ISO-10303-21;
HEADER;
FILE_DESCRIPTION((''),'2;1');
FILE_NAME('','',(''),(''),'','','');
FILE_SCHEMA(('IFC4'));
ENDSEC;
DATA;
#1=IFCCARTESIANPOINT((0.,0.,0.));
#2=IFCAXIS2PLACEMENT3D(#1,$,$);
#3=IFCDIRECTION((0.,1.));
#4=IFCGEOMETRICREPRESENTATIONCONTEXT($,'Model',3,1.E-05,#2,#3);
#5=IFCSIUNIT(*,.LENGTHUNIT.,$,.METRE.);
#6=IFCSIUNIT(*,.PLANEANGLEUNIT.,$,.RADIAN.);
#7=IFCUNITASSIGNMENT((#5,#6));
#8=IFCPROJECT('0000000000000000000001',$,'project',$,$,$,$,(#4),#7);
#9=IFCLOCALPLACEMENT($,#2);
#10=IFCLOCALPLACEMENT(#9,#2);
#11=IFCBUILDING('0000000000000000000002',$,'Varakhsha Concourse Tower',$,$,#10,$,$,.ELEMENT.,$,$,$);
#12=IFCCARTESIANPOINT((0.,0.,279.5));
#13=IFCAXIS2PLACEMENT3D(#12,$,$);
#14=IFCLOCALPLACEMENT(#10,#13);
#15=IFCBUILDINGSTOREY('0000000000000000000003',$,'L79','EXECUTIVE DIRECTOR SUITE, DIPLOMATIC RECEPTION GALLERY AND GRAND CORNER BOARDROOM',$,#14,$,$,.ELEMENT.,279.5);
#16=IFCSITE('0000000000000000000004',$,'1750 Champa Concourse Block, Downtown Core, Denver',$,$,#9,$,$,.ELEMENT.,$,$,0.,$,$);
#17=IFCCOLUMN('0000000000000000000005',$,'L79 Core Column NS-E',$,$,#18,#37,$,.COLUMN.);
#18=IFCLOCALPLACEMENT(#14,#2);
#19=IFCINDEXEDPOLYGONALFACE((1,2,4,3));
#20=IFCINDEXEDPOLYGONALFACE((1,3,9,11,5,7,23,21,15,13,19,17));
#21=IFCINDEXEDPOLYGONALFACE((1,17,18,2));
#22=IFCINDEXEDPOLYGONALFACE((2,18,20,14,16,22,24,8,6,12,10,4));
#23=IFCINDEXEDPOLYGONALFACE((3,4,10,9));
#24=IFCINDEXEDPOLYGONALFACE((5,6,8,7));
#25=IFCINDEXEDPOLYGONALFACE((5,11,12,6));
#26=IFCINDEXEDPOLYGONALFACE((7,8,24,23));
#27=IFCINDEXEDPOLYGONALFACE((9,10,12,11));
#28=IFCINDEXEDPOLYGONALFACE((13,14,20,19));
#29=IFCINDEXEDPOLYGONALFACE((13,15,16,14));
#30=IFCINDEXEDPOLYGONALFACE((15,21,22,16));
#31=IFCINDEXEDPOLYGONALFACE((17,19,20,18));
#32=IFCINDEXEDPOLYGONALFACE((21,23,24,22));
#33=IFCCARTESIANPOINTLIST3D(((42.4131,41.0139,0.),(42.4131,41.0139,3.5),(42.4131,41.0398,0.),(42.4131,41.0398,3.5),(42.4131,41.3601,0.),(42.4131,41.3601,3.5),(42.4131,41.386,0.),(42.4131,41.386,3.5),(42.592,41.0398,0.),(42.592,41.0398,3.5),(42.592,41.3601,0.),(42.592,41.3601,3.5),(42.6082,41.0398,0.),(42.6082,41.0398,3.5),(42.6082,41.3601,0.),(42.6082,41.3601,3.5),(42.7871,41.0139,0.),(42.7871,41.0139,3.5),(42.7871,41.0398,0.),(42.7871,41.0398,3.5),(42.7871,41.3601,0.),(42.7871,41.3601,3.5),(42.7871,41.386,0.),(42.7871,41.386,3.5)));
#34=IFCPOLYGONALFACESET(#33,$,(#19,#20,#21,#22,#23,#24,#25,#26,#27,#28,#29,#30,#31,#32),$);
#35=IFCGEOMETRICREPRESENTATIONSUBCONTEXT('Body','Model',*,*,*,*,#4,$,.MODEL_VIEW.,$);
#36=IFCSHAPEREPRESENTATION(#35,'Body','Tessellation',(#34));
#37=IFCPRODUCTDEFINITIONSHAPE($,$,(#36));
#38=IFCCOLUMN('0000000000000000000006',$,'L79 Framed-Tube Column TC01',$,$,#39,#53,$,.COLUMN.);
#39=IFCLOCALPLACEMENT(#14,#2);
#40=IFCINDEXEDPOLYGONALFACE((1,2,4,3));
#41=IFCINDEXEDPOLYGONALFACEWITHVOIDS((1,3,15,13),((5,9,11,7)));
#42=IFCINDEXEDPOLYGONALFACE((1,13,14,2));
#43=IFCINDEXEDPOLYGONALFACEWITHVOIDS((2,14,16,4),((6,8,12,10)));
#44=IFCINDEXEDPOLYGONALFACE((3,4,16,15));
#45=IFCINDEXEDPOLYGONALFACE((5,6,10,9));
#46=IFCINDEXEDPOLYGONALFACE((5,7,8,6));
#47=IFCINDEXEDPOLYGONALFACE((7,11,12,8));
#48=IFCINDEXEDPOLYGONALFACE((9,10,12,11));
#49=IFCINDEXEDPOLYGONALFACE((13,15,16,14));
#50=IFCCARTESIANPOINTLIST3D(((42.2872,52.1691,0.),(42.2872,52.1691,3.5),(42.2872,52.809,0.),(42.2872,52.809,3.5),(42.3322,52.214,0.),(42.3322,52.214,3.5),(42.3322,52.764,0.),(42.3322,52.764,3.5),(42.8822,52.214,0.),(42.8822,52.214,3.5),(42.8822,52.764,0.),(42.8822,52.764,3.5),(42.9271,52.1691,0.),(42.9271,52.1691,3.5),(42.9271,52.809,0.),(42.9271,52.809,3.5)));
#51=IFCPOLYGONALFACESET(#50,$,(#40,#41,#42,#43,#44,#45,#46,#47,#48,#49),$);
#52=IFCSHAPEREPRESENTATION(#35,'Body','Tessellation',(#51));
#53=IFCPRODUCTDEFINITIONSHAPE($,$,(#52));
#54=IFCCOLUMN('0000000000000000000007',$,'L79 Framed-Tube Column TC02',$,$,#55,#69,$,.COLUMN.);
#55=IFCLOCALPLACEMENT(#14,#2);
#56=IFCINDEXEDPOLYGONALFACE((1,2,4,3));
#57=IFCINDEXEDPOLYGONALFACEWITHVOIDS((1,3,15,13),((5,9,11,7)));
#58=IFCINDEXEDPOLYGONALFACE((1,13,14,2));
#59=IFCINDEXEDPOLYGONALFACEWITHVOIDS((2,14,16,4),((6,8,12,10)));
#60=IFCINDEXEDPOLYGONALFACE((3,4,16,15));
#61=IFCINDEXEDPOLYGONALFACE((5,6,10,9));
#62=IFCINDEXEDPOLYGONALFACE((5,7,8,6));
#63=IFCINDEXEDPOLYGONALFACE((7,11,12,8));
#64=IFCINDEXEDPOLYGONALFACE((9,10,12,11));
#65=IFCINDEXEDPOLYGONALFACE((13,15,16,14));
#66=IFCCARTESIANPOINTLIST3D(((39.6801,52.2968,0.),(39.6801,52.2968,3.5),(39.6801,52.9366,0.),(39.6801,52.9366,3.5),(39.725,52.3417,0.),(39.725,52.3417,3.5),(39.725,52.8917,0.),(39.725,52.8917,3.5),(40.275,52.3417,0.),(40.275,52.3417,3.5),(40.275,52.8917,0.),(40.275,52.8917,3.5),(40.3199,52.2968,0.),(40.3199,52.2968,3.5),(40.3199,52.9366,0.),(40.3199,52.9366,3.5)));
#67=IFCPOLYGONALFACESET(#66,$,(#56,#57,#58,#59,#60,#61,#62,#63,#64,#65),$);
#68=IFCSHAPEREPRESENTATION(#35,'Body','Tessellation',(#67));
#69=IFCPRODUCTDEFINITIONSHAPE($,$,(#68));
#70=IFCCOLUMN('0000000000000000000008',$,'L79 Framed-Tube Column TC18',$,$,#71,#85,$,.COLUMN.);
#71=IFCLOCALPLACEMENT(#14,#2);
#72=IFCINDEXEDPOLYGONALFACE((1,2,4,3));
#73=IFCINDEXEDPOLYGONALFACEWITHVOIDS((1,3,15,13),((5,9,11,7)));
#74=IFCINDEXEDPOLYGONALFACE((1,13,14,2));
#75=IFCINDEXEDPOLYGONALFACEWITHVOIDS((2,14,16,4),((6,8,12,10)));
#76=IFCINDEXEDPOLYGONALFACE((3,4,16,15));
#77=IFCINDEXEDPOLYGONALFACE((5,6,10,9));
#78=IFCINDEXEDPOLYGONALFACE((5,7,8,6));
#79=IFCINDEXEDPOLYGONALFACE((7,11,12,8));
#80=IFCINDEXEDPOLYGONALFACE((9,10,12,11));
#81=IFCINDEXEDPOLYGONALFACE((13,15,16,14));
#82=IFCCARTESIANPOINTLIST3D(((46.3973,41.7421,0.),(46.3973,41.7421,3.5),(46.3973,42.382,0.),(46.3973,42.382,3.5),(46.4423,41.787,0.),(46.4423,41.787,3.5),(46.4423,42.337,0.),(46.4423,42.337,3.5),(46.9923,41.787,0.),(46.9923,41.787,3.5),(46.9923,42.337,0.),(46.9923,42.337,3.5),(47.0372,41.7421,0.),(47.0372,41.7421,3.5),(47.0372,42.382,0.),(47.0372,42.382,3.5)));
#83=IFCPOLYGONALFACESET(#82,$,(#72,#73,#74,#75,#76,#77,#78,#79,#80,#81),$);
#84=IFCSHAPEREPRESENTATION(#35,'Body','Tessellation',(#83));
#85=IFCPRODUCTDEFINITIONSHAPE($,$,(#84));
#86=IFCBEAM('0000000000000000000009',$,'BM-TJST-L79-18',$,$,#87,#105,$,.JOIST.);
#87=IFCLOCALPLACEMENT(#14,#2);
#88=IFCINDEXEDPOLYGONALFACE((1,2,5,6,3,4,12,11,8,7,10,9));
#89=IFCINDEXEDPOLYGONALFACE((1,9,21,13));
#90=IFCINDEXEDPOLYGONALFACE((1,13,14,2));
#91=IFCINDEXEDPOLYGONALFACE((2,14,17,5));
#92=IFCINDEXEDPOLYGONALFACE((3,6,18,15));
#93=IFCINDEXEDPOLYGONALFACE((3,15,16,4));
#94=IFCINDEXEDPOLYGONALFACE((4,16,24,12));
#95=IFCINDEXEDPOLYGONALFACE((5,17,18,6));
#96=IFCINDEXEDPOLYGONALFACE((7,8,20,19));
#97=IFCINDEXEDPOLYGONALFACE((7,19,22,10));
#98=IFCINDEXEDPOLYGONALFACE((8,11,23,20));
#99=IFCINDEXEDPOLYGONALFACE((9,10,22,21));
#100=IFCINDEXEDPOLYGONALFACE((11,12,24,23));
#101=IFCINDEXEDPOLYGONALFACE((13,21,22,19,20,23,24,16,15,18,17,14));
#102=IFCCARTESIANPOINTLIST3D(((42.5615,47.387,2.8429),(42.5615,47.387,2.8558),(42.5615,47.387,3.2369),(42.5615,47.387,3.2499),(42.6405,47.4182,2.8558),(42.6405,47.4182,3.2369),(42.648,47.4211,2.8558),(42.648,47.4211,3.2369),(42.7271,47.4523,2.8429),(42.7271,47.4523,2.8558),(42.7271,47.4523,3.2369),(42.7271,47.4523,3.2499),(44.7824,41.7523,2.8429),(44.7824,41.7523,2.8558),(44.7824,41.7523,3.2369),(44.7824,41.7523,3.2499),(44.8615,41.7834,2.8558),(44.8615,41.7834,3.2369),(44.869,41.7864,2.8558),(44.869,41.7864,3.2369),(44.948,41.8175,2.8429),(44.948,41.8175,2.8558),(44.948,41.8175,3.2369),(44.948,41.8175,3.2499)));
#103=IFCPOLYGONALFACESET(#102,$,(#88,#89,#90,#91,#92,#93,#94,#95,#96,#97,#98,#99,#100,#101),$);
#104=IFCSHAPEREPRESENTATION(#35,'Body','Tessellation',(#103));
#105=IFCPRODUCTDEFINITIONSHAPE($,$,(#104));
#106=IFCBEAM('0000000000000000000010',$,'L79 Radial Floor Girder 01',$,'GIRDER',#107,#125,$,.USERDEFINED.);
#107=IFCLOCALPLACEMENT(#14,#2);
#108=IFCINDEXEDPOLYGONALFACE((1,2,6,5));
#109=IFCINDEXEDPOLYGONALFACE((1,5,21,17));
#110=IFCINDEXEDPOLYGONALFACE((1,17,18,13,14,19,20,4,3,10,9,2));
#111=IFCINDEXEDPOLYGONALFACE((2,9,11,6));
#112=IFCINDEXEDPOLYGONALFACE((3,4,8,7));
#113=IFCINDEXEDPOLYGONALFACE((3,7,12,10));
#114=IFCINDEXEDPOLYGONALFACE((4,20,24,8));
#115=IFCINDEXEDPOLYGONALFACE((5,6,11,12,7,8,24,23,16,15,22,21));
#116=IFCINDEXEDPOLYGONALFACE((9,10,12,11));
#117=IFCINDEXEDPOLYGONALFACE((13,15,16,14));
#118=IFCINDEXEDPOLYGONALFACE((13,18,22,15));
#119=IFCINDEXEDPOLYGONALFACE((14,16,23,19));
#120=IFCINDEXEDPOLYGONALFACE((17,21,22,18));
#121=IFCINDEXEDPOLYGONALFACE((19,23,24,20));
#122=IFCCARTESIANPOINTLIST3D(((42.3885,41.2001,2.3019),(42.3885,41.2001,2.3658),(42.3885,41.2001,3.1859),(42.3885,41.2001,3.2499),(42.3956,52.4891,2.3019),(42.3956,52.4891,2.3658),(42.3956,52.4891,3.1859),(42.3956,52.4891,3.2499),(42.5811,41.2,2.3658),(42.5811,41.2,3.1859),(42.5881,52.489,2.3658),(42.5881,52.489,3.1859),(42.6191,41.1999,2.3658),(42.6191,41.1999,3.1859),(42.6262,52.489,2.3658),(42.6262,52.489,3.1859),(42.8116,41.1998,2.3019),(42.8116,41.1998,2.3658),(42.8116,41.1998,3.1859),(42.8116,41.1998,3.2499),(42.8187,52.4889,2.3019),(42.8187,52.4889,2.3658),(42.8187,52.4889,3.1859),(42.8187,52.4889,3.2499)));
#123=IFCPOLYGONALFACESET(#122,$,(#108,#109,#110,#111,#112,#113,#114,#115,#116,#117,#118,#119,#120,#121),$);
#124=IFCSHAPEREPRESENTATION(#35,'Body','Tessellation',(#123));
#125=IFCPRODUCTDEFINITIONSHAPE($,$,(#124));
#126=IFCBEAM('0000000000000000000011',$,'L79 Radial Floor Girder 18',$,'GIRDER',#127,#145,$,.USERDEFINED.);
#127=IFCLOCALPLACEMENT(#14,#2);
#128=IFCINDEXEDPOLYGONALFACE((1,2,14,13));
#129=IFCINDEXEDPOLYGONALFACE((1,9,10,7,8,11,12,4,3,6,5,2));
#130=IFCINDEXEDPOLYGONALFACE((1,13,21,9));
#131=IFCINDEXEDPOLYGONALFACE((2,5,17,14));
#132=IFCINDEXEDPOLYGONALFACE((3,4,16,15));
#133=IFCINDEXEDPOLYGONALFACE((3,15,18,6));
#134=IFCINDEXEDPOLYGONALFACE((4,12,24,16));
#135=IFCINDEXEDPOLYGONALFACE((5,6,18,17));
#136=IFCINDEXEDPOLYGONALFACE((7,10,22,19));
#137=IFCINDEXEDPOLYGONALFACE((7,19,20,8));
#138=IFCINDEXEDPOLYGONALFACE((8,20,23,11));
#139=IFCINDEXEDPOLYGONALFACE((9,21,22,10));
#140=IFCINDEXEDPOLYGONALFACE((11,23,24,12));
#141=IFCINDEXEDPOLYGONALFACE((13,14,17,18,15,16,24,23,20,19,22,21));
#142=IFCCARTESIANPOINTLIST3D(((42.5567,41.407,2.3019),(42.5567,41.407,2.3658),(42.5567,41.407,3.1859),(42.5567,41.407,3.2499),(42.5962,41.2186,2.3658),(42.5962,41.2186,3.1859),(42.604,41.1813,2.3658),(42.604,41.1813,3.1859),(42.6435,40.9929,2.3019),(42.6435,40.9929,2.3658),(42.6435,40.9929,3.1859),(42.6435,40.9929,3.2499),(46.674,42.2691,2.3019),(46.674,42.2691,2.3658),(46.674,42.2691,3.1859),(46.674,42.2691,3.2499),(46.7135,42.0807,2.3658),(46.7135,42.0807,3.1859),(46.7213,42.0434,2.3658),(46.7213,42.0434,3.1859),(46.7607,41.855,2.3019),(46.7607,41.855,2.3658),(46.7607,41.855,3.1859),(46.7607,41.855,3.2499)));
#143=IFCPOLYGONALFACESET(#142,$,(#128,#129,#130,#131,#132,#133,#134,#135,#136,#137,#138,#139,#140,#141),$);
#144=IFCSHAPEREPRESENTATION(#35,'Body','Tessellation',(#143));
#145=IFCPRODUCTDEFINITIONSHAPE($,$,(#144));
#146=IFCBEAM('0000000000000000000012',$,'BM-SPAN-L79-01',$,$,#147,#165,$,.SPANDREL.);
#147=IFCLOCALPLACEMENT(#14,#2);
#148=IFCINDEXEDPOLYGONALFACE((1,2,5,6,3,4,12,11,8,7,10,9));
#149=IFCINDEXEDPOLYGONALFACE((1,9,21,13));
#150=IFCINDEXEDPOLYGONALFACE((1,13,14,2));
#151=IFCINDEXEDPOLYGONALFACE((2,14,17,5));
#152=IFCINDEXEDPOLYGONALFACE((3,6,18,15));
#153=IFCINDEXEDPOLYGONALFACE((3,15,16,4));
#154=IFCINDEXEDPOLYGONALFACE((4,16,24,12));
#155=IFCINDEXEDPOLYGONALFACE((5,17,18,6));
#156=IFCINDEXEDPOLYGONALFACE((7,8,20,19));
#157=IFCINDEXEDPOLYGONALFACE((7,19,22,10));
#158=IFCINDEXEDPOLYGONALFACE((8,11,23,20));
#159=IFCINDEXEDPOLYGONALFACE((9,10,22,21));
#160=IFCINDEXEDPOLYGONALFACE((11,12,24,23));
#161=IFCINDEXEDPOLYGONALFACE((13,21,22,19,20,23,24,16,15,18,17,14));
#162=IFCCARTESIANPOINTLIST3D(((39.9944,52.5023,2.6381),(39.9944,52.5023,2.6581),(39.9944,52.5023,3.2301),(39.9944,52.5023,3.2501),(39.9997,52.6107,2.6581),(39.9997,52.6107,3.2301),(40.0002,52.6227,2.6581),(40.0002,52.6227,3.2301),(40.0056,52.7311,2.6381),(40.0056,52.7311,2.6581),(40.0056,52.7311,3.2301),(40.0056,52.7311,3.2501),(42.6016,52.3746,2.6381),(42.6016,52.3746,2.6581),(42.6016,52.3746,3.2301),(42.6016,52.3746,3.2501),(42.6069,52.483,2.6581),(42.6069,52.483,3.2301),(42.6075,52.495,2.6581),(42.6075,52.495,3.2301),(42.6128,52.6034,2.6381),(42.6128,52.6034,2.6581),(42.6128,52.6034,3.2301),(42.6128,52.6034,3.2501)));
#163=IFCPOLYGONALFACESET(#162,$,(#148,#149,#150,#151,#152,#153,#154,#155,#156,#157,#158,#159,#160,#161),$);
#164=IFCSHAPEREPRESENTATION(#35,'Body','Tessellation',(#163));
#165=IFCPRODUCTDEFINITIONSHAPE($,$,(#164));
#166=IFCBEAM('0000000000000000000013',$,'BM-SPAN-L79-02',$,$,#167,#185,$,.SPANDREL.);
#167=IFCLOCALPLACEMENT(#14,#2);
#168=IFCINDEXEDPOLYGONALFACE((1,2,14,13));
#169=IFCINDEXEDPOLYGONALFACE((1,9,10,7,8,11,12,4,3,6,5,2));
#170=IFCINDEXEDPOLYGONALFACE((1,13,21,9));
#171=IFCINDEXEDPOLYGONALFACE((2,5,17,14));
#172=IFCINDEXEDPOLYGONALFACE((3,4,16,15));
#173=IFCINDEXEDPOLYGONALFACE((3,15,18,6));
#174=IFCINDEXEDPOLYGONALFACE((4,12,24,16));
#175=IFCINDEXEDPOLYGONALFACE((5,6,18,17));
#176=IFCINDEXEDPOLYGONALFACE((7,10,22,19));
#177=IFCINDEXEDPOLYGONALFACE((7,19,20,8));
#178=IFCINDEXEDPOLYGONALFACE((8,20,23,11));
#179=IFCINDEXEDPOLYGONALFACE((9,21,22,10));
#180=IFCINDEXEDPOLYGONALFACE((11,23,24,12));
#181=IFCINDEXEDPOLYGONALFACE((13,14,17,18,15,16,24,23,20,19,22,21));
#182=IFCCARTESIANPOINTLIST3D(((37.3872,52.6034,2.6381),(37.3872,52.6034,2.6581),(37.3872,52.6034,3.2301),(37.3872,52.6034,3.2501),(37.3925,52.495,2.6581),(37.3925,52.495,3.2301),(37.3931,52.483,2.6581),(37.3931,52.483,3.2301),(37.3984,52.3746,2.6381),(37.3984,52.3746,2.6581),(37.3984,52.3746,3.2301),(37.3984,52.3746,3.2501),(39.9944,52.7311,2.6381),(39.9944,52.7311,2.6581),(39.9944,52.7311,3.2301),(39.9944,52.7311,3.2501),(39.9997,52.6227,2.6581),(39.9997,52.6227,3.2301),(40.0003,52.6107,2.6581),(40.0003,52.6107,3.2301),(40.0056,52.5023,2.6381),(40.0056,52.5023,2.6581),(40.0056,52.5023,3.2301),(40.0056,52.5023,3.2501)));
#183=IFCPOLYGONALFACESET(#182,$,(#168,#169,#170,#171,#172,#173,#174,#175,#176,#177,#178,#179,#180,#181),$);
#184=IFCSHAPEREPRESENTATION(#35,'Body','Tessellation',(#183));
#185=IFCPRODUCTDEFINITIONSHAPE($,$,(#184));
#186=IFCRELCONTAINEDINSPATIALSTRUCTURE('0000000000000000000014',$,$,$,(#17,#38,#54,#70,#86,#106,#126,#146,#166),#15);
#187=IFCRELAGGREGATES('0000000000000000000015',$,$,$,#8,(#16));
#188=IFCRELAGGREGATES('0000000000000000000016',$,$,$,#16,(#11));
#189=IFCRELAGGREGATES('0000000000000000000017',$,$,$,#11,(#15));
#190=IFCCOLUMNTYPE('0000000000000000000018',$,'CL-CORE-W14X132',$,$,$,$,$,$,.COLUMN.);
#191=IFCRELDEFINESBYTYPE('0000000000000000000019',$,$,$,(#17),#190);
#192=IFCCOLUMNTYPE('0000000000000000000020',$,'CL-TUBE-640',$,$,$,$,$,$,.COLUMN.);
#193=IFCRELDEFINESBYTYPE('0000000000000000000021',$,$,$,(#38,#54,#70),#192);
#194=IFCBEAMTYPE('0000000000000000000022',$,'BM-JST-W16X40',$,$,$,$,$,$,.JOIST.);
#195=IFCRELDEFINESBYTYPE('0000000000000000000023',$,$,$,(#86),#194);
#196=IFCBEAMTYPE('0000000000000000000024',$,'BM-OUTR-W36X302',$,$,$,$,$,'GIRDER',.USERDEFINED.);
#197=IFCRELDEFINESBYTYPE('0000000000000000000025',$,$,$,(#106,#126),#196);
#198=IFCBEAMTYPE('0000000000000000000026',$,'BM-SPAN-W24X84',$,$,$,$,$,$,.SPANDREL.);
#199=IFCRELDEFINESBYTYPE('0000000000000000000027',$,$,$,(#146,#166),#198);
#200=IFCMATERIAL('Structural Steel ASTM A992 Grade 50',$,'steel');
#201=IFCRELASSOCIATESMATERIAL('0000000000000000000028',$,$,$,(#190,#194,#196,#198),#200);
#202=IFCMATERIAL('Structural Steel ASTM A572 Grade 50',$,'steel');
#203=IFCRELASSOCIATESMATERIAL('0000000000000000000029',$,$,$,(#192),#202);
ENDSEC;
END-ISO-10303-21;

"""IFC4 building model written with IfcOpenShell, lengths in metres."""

from ifc_helpers import new_model, si_unit, direction, frame, origin, origin_2d, place, context, subcontext, project, spatial, hollow_rectangle, i_section, extrude, material, material_profile, profile_set, type_object, element, save


model = new_model("IFC4")

# Units and contexts
model_context = context("Model", 3, precision=1e-05, world=origin(), true_north=direction((0.0, 1.0)))
body_context = subcontext(model_context, "Body", "Model", "MODEL_VIEW")
ifc_project = project(units=[si_unit("LENGTHUNIT", "METRE"), si_unit("PLANEANGLEUNIT", "RADIAN")], contexts=[model_context])

# Site, building, storey
site_placement = place(None, origin())
site = spatial("IfcSite", under=ifc_project, at=site_placement, Name="1750 Champa Concourse Block, Downtown Core, Denver", CompositionType="ELEMENT", RefElevation=0.0)
building_placement = place(site_placement, origin())
building = spatial("IfcBuilding", under=site, at=building_placement, Name="Varakhsha Concourse Tower", CompositionType="ELEMENT")
storey_placement = place(building_placement, frame((0.0, 0.0, 279.5)))
storey = spatial("IfcBuildingStorey", under=building, at=storey_placement, Name="L79", Description="EXECUTIVE DIRECTOR SUITE, DIPLOMATIC RECEPTION GALLERY AND GRAND CORNER BOARDROOM", CompositionType="ELEMENT", Elevation=279.5)

# Columns
ifc_material_1 = material(Name="Structural Steel ASTM A992 Grade 50", Category="steel")
ifc_material_profile_1 = material_profile(ifc_material_1, i_section(OverallWidth=0.374, OverallDepth=0.3721, WebThickness=0.0161, FlangeThickness=0.0259, at=origin_2d()), Name="W14X132")
ifc_profile_set_1 = profile_set([ifc_material_profile_1], Name="Structural Steel ASTM A992 Grade 50")
column_type_1 = type_object("IfcColumnType", Name="CL-CORE-W14X132", PredefinedType="COLUMN", material=ifc_profile_set_1)
column_placement = place(storey_placement, frame((42.6001, 41.2, 0.0), z_axis=(0.0, 0.0, 1.0), x_axis=(1.0, 0.0, 0.0)))
element("IfcColumn", 1, at=column_placement, inside=storey, type_object=column_type_1, Name="L79 Core Column NS-E", PredefinedType="COLUMN", context=body_context, shape_type="SweptSolid", body=[
    extrude(i_section(OverallWidth=0.374, OverallDepth=0.3721, WebThickness=0.0161, FlangeThickness=0.0259, at=origin_2d()), origin(), (0.0, 0.0, 1.0), 3.5),
])
ifc_material_2 = material(Name="Structural Steel ASTM A572 Grade 50", Category="steel")
ifc_material_profile_2 = material_profile(ifc_material_2, hollow_rectangle(XDim=0.6399, YDim=0.6399, WallThickness=0.0449, at=origin_2d()), Name="BOX 640x640x45")
ifc_profile_set_2 = profile_set([ifc_material_profile_2], Name="Structural Steel ASTM A572 Grade 50")
column_type_2 = type_object("IfcColumnType", Name="CL-TUBE-640", PredefinedType="COLUMN", material=ifc_profile_set_2)
for number, where, z_axis, x_axis, name in (
    (2, (42.6072, 52.489, 0.0), (0.0, 0.0, 1.0), (1.0, 0.0, 0.0), "L79 Framed-Tube Column TC01"),
    (3, (40.0, 52.6167, 0.0), (0.0, 0.0, 1.0), (1.0, 0.0, 0.0), "L79 Framed-Tube Column TC02"),
    (4, (46.7173, 42.062, 0.0), (0.0, 0.0, 1.0), (1.0, 0.0, 0.0), "L79 Framed-Tube Column TC18"),
):
    element("IfcColumn", number, at=place(storey_placement, frame(where, z_axis=z_axis, x_axis=x_axis)), inside=storey, type_object=column_type_2, Name=name, PredefinedType="COLUMN", context=body_context, shape_type="SweptSolid", body=[
        extrude(hollow_rectangle(XDim=0.6399, YDim=0.6399, WallThickness=0.0449, at=origin_2d()), origin(), (0.0, 0.0, 1.0), 3.5),
    ])

# Beams
ifc_material_profile_3 = material_profile(ifc_material_1, i_section(OverallWidth=0.178, OverallDepth=0.407, WebThickness=0.0081, FlangeThickness=0.0129, at=origin_2d()), Name="W16X40")
ifc_profile_set_3 = profile_set([ifc_material_profile_3], Name="Structural Steel ASTM A992 Grade 50")
beam_type_1 = type_object("IfcBeamType", Name="BM-JST-W16X40", PredefinedType="JOIST", material=ifc_profile_set_3)
beam_1_placement = place(storey_placement, frame((44.8652, 41.7849, 3.0464), z_axis=(-0.366695, 0.930341, 0.0), x_axis=(-0.930341, -0.366695, 0.0)))
element("IfcBeam", 5, at=beam_1_placement, inside=storey, type_object=beam_type_1, Name="BM-TJST-L79-18", PredefinedType="JOIST", context=body_context, shape_type="SweptSolid", body=[
    extrude(i_section(OverallWidth=0.178, OverallDepth=0.407, WebThickness=0.0081, FlangeThickness=0.0129, at=origin_2d()), origin(), (0.0, 0.0, 1.0), 6.0566),
])
ifc_material_profile_4 = material_profile(ifc_material_1, i_section(OverallWidth=0.4231, OverallDepth=0.948, WebThickness=0.0381, FlangeThickness=0.064, at=origin_2d()), Name="W36X302")
ifc_profile_set_4 = profile_set([ifc_material_profile_4], Name="Structural Steel ASTM A992 Grade 50")
beam_type_2 = type_object("IfcBeamType", Name="BM-OUTR-W36X302", ElementType="GIRDER", PredefinedType="USERDEFINED", material=ifc_profile_set_4)
beam_2_placement = place(storey_placement, frame((42.6001, 41.2, 2.7759), z_axis=(0.000627, 1.0, 0.0), x_axis=(-1.0, 0.000627, 0.0)))
element("IfcBeam", 6, at=beam_2_placement, inside=storey, type_object=beam_type_2, Name="L79 Radial Floor Girder 01", ObjectType="GIRDER", PredefinedType="USERDEFINED", context=body_context, shape_type="SweptSolid", body=[
    extrude(i_section(OverallWidth=0.4231, OverallDepth=0.948, WebThickness=0.0381, FlangeThickness=0.064, at=origin_2d()), origin(), (0.0, 0.0, 1.0), 11.2891),
])
beam_3_placement = place(storey_placement, frame((42.6001, 41.2, 2.7759), z_axis=(0.978775, 0.204937, 0.0), x_axis=(-0.204937, 0.978775, 0.0)))
element("IfcBeam", 7, at=beam_3_placement, inside=storey, type_object=beam_type_2, Name="L79 Radial Floor Girder 18", ObjectType="GIRDER", PredefinedType="USERDEFINED", context=body_context, shape_type="SweptSolid", body=[
    extrude(i_section(OverallWidth=0.4231, OverallDepth=0.948, WebThickness=0.0381, FlangeThickness=0.064, at=origin_2d()), origin(), (0.0, 0.0, 1.0), 4.2065),
])
ifc_material_profile_5 = material_profile(ifc_material_1, i_section(OverallWidth=0.229, OverallDepth=0.6121, WebThickness=0.012, FlangeThickness=0.02, at=origin_2d()), Name="W24X84")
ifc_profile_set_5 = profile_set([ifc_material_profile_5], Name="Structural Steel ASTM A992 Grade 50")
beam_type_3 = type_object("IfcBeamType", Name="BM-SPAN-W24X84", PredefinedType="SPANDREL", material=ifc_profile_set_5)
for number, where, z_axis, x_axis, name in (
    (8, (42.6072, 52.489, 2.9441), (-0.998803, 0.048916, 0.0), (-0.048916, -0.998803, 0.0), "BM-SPAN-L79-01"),
    (9, (40.0, 52.6167, 2.9441), (-0.998803, -0.048916, 0.0), (0.048916, -0.998803, 0.0), "BM-SPAN-L79-02"),
):
    element("IfcBeam", number, at=place(storey_placement, frame(where, z_axis=z_axis, x_axis=x_axis)), inside=storey, type_object=beam_type_3, Name=name, PredefinedType="SPANDREL", context=body_context, shape_type="SweptSolid", body=[
        extrude(i_section(OverallWidth=0.229, OverallDepth=0.6121, WebThickness=0.012, FlangeThickness=0.02, at=origin_2d()), origin(), (0.0, 0.0, 1.0), 2.6104),
    ])

save(model, "model.ifc")
